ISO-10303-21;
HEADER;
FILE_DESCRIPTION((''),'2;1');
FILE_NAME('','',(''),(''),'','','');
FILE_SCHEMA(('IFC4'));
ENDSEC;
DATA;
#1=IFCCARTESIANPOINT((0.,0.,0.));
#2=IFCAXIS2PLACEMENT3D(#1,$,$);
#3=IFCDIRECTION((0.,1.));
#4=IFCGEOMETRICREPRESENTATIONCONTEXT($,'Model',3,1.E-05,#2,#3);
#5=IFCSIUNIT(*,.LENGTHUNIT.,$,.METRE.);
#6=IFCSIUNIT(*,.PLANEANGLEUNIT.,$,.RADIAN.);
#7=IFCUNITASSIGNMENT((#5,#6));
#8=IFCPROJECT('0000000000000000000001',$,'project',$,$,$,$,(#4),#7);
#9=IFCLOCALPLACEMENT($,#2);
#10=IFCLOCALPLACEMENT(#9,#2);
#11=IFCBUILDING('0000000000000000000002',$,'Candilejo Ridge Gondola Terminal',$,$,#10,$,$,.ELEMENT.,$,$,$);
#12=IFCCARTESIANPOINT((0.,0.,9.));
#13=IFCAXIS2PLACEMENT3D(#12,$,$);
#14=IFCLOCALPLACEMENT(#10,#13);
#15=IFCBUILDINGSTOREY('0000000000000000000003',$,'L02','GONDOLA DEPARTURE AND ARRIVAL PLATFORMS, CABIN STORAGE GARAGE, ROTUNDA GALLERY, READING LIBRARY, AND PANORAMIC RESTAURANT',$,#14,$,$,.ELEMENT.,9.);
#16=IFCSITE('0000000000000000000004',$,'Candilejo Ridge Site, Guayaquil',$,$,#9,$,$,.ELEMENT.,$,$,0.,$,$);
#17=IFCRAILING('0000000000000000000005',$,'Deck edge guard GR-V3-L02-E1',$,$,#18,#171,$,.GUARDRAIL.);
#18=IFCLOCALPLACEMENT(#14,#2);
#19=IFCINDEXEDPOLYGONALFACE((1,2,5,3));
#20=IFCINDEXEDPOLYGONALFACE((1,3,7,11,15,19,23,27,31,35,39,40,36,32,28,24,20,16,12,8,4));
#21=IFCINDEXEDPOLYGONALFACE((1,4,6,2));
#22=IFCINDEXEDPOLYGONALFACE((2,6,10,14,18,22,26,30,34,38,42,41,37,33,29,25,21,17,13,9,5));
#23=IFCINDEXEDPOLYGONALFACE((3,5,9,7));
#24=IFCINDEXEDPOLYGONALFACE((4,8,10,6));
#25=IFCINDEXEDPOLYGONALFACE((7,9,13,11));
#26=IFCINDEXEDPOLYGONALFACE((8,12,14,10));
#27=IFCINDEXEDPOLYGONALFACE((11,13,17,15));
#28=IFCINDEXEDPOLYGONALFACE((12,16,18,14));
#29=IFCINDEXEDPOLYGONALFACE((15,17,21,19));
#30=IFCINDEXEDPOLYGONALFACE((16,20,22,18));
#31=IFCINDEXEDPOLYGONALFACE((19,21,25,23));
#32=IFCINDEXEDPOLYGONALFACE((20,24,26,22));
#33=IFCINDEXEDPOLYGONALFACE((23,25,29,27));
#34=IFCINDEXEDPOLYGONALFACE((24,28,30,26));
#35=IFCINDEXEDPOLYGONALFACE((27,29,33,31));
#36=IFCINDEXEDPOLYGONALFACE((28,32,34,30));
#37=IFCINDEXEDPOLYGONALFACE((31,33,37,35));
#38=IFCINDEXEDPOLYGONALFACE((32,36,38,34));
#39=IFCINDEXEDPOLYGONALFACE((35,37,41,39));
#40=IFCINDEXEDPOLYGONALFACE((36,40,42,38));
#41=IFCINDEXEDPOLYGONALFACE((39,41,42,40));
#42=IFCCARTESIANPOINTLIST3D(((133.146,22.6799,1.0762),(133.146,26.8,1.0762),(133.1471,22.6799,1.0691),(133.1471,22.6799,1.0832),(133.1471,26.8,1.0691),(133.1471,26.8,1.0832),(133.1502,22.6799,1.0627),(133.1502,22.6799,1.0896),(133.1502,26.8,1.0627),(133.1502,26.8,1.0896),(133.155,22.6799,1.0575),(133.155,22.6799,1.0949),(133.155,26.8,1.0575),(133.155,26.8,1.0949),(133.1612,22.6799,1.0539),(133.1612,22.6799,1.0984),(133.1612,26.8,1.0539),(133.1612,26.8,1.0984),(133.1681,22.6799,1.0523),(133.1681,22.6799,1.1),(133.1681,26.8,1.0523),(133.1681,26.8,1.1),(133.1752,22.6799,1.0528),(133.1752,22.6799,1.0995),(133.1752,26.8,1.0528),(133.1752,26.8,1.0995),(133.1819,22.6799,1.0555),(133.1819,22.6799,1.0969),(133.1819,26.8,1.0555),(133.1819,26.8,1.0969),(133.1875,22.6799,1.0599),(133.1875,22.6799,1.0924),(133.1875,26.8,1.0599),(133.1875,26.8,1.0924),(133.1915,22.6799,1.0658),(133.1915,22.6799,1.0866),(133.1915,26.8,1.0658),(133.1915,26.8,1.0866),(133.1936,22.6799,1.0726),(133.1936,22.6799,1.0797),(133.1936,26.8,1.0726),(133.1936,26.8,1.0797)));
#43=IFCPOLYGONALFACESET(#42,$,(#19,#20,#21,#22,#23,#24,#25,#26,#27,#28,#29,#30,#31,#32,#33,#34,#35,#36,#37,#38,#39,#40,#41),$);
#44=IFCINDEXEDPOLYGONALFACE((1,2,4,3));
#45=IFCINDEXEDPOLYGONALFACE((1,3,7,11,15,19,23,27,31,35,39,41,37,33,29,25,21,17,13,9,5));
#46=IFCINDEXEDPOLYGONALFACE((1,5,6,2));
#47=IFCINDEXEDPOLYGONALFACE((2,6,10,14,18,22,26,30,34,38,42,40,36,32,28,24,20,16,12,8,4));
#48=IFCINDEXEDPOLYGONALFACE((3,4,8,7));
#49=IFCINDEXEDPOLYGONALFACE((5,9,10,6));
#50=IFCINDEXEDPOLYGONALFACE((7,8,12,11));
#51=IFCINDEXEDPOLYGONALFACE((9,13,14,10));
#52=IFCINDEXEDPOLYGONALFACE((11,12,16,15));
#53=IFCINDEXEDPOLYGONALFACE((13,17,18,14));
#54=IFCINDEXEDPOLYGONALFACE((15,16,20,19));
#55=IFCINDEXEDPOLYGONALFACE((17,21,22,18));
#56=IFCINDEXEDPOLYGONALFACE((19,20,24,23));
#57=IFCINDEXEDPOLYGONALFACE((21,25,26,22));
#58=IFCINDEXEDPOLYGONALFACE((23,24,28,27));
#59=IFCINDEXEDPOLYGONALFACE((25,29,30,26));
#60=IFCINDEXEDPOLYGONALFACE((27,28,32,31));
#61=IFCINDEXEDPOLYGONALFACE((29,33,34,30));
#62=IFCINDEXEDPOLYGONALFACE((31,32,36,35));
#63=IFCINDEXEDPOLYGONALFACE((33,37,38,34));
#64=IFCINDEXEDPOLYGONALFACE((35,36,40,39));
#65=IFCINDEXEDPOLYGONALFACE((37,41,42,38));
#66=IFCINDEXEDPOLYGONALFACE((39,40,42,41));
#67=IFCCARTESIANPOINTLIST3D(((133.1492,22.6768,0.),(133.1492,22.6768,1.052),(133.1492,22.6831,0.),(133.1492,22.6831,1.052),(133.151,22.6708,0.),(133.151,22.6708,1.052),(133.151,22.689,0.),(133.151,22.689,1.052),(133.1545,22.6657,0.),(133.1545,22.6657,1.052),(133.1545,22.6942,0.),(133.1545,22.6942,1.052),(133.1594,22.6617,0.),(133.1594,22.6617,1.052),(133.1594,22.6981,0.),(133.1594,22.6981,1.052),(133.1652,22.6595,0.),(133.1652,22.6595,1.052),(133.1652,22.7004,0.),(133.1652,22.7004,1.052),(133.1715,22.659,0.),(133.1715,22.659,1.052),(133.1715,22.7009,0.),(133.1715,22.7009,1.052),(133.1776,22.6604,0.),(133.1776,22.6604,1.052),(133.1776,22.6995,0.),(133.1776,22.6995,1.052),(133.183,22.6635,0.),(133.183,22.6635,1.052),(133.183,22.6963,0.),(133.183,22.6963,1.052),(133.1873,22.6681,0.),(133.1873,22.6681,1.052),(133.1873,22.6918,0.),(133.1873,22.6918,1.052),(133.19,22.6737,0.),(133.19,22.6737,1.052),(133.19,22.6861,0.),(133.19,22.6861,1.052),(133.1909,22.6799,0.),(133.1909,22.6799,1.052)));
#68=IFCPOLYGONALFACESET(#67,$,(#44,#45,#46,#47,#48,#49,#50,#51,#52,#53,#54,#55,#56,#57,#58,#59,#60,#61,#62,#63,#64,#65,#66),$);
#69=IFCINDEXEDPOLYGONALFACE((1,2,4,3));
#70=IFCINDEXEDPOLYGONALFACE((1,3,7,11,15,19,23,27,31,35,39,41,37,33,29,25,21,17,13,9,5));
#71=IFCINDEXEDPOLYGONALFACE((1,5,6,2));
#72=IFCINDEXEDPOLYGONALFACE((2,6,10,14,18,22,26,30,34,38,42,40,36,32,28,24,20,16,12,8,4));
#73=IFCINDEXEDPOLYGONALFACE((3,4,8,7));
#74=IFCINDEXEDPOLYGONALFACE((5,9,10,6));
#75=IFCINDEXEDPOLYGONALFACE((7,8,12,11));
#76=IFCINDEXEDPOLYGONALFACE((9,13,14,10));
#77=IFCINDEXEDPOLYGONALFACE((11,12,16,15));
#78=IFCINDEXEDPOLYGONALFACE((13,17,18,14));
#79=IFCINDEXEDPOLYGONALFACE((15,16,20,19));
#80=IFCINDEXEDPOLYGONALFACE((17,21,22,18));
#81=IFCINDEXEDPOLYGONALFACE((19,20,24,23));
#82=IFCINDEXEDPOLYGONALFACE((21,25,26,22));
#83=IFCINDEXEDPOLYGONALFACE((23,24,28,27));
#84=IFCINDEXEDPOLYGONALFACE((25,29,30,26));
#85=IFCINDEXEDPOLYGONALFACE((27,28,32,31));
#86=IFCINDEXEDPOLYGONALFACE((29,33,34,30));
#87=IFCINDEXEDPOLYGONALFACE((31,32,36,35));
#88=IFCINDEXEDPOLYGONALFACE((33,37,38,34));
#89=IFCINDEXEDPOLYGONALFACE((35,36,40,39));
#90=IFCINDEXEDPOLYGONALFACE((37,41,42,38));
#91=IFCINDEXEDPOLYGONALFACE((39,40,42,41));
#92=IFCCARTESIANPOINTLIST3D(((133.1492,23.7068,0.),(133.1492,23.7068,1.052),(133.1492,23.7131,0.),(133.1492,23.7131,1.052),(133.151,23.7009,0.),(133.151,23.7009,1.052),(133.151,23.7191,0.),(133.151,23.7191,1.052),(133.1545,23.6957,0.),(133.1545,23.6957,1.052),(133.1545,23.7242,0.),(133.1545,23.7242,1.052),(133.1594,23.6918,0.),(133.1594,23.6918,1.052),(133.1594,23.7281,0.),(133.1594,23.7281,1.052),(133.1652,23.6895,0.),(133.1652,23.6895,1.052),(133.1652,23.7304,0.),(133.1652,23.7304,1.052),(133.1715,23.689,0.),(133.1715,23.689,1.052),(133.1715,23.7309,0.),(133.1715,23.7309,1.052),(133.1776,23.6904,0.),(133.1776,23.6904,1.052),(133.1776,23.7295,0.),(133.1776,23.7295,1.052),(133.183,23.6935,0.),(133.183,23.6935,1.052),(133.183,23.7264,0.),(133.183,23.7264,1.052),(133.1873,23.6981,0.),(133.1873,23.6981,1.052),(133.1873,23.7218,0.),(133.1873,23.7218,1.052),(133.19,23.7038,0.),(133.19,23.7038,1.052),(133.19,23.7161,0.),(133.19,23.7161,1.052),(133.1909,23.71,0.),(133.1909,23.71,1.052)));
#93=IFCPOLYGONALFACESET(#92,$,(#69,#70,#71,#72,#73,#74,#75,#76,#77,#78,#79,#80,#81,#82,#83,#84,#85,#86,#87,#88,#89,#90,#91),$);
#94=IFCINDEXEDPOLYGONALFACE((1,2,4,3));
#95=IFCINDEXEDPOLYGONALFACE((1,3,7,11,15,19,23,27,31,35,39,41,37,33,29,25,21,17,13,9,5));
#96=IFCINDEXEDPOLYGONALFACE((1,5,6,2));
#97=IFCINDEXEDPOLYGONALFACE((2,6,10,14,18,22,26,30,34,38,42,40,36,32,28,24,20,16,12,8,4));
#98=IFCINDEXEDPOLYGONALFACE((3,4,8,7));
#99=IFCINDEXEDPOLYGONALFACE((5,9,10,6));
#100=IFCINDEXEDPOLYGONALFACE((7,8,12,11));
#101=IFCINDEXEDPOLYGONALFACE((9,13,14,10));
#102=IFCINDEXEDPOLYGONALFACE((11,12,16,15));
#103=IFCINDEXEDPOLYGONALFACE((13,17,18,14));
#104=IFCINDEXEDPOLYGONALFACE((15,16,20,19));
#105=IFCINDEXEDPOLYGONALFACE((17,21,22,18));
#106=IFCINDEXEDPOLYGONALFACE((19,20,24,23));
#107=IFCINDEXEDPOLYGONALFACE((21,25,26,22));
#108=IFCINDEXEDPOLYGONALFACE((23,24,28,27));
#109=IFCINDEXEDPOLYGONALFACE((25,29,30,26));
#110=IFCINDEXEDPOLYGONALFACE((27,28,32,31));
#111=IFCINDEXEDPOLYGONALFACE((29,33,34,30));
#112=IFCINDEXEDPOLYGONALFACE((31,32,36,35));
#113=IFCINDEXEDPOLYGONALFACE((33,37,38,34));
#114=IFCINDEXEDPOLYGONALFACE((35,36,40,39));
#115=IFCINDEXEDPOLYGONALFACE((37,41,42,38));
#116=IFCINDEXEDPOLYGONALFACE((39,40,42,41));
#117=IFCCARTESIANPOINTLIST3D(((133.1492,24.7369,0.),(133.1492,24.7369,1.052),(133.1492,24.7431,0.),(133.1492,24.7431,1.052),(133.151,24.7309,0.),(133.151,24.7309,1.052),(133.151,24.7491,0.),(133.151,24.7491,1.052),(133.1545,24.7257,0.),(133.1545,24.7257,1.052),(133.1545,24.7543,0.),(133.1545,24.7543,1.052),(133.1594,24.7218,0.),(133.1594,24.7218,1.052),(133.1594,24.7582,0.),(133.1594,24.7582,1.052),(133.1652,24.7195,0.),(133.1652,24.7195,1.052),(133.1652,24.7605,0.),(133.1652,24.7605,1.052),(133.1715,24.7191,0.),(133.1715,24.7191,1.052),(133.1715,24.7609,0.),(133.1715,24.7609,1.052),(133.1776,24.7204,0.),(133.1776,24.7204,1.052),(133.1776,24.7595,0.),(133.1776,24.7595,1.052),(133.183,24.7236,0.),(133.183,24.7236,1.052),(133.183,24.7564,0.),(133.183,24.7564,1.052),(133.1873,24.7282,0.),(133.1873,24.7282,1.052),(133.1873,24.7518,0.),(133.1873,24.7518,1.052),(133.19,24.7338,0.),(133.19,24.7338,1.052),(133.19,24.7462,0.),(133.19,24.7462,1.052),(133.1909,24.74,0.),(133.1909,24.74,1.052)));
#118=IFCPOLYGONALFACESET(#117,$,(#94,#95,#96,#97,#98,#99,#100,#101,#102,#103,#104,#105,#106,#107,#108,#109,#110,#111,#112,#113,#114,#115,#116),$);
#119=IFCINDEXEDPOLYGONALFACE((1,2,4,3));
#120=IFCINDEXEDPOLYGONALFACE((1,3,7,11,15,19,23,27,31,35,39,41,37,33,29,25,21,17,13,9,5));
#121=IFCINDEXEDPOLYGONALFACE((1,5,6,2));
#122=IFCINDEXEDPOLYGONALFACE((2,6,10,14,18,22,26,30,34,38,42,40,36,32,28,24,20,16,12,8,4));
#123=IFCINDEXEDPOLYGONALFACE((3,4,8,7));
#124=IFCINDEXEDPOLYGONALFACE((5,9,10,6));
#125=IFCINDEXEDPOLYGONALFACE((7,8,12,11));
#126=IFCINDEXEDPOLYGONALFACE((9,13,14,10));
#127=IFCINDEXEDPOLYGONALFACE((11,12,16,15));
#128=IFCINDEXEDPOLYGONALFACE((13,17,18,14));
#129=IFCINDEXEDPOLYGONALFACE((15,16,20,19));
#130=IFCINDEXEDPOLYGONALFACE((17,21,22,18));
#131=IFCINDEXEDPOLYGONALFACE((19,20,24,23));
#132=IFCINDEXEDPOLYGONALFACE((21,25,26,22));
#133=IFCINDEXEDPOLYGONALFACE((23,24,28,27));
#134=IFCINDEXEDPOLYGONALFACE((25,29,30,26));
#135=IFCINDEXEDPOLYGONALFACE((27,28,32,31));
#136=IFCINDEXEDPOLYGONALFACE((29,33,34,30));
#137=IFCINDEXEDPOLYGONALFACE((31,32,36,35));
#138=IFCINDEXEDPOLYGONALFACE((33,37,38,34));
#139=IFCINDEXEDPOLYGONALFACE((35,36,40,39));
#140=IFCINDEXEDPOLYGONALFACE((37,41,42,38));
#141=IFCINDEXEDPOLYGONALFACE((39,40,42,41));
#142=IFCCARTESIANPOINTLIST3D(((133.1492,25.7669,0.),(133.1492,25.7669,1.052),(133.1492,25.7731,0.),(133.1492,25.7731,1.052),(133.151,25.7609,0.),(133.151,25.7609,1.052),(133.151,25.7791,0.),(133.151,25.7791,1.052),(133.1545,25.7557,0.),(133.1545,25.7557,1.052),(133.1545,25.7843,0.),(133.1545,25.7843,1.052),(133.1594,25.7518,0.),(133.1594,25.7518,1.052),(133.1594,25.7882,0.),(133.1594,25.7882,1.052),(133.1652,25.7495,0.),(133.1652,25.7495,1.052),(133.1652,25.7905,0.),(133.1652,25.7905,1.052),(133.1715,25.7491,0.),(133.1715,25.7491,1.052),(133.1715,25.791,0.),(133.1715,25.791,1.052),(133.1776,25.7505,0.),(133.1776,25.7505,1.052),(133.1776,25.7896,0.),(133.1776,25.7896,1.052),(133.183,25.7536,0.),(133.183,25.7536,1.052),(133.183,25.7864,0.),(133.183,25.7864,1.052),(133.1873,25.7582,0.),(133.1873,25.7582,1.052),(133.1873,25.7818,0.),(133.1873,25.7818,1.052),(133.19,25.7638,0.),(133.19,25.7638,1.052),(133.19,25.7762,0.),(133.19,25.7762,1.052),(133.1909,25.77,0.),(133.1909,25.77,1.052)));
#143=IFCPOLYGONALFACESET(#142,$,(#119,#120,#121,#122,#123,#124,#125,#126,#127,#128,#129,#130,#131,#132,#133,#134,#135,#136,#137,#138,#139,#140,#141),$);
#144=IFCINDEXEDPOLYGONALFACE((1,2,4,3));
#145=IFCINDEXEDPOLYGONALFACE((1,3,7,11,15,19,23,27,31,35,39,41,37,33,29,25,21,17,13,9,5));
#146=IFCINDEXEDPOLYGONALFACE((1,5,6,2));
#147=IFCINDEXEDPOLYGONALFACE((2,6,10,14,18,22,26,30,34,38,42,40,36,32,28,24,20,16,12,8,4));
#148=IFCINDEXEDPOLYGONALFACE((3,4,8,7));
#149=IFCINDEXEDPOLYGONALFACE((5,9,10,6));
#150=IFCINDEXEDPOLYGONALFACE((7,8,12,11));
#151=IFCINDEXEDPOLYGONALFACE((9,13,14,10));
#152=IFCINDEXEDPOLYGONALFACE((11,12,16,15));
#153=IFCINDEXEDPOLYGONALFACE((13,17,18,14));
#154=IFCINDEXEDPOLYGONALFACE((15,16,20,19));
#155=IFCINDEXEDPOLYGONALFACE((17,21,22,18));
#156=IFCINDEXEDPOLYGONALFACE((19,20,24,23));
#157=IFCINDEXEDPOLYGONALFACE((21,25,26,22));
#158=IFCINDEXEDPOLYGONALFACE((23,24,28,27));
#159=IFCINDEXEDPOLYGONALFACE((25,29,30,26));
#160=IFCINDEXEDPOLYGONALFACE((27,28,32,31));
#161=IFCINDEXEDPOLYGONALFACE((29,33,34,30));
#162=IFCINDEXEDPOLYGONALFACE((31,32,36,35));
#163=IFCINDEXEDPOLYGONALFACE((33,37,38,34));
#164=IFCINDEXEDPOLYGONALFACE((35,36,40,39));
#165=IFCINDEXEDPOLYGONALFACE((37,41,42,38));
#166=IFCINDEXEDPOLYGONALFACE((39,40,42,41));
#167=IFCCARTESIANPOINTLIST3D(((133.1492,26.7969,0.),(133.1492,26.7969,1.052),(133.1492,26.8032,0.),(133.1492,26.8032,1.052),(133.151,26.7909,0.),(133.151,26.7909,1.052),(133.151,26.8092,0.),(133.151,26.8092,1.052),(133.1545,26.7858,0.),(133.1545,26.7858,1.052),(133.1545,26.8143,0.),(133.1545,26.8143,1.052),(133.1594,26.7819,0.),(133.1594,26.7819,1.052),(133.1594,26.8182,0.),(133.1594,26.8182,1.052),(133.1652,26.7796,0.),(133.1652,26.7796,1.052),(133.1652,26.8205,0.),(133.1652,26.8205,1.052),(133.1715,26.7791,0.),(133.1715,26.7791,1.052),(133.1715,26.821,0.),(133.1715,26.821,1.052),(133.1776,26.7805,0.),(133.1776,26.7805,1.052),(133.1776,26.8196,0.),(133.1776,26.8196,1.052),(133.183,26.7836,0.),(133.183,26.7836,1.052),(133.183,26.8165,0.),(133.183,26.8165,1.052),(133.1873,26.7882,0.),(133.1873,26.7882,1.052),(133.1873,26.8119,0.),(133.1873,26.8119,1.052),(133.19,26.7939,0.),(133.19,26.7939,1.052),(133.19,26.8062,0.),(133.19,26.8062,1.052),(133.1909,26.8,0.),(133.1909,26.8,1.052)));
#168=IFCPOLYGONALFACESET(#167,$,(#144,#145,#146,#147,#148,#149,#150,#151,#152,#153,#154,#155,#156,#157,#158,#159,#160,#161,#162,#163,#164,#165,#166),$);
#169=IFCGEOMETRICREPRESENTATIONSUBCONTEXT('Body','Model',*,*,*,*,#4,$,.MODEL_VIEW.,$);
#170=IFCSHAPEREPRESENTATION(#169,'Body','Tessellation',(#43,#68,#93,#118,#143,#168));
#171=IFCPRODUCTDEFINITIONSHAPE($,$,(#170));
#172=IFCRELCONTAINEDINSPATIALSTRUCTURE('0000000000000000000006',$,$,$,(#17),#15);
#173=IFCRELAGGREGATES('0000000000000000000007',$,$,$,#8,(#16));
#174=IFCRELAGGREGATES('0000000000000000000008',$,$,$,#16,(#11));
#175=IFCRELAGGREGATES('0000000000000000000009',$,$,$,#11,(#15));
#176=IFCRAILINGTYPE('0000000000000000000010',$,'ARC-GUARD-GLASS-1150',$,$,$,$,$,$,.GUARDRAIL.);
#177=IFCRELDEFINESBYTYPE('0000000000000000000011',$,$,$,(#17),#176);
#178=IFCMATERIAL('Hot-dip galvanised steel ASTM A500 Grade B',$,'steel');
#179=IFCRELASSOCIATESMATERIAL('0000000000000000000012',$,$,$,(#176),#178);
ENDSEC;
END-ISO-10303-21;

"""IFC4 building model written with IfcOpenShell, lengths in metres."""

from ifc_helpers import new_model, si_unit, direction, frame, origin, origin_2d, place, context, subcontext, project, spatial, circle, extrude, material, type_object, element, save


model = new_model("IFC4")

# Units and contexts
model_context = context("Model", 3, precision=1e-05, world=origin(), true_north=direction((0.0, 1.0)))
body_context = subcontext(model_context, "Body", "Model", "MODEL_VIEW")
ifc_project = project(units=[si_unit("LENGTHUNIT", "METRE"), si_unit("PLANEANGLEUNIT", "RADIAN")], contexts=[model_context])

# Site, building, storey
site_placement = place(None, origin())
site = spatial("IfcSite", under=ifc_project, at=site_placement, Name="Candilejo Ridge Site, Guayaquil", CompositionType="ELEMENT", RefElevation=0.0)
building_placement = place(site_placement, origin())
building = spatial("IfcBuilding", under=site, at=building_placement, Name="Candilejo Ridge Gondola Terminal", CompositionType="ELEMENT")
storey_placement = place(building_placement, frame((0.0, 0.0, 9.0)))
storey = spatial("IfcBuildingStorey", under=building, at=storey_placement, Name="L02", Description="GONDOLA DEPARTURE AND ARRIVAL PLATFORMS, CABIN STORAGE GARAGE, ROTUNDA GALLERY, READING LIBRARY, AND PANORAMIC RESTAURANT", CompositionType="ELEMENT", Elevation=9.0)

# Railing
ifc_material_1 = material(Name="Hot-dip galvanised steel ASTM A500 Grade B", Category="steel")
railing_type = type_object("IfcRailingType", Name="ARC-GUARD-GLASS-1150", PredefinedType="GUARDRAIL", material=ifc_material_1)
railing_placement = place(storey_placement, frame((133.1699, 22.6799, 0.0)))
element("IfcRailing", 1, at=railing_placement, inside=storey, type_object=railing_type, Name="Deck edge guard GR-V3-L02-E1", PredefinedType="GUARDRAIL", context=body_context, shape_type="SweptSolid", body=[
    extrude(circle(Radius=0.0239, at=origin_2d()), frame((0.0, 0.0, 1.0762), z_axis=(0.0, 1.0, 0.0), x_axis=(-1.0, 0.0, 0.0)), (0.0, 0.0, 1.0), 4.1201),
    extrude(circle(Radius=0.021, at=origin_2d()), origin(), (0.0, 0.0, 1.0), 1.052),
    extrude(circle(Radius=0.021, at=origin_2d()), frame((0.0, 1.03, 0.0)), (0.0, 0.0, 1.0), 1.052),
    extrude(circle(Radius=0.021, at=origin_2d()), frame((0.0, 2.0601, 0.0)), (0.0, 0.0, 1.0), 1.052),
    extrude(circle(Radius=0.021, at=origin_2d()), frame((0.0, 3.0901, 0.0)), (0.0, 0.0, 1.0), 1.052),
    extrude(circle(Radius=0.021, at=origin_2d()), frame((0.0, 4.1201, 0.0)), (0.0, 0.0, 1.0), 1.052),
])

save(model, "model.ifc")
